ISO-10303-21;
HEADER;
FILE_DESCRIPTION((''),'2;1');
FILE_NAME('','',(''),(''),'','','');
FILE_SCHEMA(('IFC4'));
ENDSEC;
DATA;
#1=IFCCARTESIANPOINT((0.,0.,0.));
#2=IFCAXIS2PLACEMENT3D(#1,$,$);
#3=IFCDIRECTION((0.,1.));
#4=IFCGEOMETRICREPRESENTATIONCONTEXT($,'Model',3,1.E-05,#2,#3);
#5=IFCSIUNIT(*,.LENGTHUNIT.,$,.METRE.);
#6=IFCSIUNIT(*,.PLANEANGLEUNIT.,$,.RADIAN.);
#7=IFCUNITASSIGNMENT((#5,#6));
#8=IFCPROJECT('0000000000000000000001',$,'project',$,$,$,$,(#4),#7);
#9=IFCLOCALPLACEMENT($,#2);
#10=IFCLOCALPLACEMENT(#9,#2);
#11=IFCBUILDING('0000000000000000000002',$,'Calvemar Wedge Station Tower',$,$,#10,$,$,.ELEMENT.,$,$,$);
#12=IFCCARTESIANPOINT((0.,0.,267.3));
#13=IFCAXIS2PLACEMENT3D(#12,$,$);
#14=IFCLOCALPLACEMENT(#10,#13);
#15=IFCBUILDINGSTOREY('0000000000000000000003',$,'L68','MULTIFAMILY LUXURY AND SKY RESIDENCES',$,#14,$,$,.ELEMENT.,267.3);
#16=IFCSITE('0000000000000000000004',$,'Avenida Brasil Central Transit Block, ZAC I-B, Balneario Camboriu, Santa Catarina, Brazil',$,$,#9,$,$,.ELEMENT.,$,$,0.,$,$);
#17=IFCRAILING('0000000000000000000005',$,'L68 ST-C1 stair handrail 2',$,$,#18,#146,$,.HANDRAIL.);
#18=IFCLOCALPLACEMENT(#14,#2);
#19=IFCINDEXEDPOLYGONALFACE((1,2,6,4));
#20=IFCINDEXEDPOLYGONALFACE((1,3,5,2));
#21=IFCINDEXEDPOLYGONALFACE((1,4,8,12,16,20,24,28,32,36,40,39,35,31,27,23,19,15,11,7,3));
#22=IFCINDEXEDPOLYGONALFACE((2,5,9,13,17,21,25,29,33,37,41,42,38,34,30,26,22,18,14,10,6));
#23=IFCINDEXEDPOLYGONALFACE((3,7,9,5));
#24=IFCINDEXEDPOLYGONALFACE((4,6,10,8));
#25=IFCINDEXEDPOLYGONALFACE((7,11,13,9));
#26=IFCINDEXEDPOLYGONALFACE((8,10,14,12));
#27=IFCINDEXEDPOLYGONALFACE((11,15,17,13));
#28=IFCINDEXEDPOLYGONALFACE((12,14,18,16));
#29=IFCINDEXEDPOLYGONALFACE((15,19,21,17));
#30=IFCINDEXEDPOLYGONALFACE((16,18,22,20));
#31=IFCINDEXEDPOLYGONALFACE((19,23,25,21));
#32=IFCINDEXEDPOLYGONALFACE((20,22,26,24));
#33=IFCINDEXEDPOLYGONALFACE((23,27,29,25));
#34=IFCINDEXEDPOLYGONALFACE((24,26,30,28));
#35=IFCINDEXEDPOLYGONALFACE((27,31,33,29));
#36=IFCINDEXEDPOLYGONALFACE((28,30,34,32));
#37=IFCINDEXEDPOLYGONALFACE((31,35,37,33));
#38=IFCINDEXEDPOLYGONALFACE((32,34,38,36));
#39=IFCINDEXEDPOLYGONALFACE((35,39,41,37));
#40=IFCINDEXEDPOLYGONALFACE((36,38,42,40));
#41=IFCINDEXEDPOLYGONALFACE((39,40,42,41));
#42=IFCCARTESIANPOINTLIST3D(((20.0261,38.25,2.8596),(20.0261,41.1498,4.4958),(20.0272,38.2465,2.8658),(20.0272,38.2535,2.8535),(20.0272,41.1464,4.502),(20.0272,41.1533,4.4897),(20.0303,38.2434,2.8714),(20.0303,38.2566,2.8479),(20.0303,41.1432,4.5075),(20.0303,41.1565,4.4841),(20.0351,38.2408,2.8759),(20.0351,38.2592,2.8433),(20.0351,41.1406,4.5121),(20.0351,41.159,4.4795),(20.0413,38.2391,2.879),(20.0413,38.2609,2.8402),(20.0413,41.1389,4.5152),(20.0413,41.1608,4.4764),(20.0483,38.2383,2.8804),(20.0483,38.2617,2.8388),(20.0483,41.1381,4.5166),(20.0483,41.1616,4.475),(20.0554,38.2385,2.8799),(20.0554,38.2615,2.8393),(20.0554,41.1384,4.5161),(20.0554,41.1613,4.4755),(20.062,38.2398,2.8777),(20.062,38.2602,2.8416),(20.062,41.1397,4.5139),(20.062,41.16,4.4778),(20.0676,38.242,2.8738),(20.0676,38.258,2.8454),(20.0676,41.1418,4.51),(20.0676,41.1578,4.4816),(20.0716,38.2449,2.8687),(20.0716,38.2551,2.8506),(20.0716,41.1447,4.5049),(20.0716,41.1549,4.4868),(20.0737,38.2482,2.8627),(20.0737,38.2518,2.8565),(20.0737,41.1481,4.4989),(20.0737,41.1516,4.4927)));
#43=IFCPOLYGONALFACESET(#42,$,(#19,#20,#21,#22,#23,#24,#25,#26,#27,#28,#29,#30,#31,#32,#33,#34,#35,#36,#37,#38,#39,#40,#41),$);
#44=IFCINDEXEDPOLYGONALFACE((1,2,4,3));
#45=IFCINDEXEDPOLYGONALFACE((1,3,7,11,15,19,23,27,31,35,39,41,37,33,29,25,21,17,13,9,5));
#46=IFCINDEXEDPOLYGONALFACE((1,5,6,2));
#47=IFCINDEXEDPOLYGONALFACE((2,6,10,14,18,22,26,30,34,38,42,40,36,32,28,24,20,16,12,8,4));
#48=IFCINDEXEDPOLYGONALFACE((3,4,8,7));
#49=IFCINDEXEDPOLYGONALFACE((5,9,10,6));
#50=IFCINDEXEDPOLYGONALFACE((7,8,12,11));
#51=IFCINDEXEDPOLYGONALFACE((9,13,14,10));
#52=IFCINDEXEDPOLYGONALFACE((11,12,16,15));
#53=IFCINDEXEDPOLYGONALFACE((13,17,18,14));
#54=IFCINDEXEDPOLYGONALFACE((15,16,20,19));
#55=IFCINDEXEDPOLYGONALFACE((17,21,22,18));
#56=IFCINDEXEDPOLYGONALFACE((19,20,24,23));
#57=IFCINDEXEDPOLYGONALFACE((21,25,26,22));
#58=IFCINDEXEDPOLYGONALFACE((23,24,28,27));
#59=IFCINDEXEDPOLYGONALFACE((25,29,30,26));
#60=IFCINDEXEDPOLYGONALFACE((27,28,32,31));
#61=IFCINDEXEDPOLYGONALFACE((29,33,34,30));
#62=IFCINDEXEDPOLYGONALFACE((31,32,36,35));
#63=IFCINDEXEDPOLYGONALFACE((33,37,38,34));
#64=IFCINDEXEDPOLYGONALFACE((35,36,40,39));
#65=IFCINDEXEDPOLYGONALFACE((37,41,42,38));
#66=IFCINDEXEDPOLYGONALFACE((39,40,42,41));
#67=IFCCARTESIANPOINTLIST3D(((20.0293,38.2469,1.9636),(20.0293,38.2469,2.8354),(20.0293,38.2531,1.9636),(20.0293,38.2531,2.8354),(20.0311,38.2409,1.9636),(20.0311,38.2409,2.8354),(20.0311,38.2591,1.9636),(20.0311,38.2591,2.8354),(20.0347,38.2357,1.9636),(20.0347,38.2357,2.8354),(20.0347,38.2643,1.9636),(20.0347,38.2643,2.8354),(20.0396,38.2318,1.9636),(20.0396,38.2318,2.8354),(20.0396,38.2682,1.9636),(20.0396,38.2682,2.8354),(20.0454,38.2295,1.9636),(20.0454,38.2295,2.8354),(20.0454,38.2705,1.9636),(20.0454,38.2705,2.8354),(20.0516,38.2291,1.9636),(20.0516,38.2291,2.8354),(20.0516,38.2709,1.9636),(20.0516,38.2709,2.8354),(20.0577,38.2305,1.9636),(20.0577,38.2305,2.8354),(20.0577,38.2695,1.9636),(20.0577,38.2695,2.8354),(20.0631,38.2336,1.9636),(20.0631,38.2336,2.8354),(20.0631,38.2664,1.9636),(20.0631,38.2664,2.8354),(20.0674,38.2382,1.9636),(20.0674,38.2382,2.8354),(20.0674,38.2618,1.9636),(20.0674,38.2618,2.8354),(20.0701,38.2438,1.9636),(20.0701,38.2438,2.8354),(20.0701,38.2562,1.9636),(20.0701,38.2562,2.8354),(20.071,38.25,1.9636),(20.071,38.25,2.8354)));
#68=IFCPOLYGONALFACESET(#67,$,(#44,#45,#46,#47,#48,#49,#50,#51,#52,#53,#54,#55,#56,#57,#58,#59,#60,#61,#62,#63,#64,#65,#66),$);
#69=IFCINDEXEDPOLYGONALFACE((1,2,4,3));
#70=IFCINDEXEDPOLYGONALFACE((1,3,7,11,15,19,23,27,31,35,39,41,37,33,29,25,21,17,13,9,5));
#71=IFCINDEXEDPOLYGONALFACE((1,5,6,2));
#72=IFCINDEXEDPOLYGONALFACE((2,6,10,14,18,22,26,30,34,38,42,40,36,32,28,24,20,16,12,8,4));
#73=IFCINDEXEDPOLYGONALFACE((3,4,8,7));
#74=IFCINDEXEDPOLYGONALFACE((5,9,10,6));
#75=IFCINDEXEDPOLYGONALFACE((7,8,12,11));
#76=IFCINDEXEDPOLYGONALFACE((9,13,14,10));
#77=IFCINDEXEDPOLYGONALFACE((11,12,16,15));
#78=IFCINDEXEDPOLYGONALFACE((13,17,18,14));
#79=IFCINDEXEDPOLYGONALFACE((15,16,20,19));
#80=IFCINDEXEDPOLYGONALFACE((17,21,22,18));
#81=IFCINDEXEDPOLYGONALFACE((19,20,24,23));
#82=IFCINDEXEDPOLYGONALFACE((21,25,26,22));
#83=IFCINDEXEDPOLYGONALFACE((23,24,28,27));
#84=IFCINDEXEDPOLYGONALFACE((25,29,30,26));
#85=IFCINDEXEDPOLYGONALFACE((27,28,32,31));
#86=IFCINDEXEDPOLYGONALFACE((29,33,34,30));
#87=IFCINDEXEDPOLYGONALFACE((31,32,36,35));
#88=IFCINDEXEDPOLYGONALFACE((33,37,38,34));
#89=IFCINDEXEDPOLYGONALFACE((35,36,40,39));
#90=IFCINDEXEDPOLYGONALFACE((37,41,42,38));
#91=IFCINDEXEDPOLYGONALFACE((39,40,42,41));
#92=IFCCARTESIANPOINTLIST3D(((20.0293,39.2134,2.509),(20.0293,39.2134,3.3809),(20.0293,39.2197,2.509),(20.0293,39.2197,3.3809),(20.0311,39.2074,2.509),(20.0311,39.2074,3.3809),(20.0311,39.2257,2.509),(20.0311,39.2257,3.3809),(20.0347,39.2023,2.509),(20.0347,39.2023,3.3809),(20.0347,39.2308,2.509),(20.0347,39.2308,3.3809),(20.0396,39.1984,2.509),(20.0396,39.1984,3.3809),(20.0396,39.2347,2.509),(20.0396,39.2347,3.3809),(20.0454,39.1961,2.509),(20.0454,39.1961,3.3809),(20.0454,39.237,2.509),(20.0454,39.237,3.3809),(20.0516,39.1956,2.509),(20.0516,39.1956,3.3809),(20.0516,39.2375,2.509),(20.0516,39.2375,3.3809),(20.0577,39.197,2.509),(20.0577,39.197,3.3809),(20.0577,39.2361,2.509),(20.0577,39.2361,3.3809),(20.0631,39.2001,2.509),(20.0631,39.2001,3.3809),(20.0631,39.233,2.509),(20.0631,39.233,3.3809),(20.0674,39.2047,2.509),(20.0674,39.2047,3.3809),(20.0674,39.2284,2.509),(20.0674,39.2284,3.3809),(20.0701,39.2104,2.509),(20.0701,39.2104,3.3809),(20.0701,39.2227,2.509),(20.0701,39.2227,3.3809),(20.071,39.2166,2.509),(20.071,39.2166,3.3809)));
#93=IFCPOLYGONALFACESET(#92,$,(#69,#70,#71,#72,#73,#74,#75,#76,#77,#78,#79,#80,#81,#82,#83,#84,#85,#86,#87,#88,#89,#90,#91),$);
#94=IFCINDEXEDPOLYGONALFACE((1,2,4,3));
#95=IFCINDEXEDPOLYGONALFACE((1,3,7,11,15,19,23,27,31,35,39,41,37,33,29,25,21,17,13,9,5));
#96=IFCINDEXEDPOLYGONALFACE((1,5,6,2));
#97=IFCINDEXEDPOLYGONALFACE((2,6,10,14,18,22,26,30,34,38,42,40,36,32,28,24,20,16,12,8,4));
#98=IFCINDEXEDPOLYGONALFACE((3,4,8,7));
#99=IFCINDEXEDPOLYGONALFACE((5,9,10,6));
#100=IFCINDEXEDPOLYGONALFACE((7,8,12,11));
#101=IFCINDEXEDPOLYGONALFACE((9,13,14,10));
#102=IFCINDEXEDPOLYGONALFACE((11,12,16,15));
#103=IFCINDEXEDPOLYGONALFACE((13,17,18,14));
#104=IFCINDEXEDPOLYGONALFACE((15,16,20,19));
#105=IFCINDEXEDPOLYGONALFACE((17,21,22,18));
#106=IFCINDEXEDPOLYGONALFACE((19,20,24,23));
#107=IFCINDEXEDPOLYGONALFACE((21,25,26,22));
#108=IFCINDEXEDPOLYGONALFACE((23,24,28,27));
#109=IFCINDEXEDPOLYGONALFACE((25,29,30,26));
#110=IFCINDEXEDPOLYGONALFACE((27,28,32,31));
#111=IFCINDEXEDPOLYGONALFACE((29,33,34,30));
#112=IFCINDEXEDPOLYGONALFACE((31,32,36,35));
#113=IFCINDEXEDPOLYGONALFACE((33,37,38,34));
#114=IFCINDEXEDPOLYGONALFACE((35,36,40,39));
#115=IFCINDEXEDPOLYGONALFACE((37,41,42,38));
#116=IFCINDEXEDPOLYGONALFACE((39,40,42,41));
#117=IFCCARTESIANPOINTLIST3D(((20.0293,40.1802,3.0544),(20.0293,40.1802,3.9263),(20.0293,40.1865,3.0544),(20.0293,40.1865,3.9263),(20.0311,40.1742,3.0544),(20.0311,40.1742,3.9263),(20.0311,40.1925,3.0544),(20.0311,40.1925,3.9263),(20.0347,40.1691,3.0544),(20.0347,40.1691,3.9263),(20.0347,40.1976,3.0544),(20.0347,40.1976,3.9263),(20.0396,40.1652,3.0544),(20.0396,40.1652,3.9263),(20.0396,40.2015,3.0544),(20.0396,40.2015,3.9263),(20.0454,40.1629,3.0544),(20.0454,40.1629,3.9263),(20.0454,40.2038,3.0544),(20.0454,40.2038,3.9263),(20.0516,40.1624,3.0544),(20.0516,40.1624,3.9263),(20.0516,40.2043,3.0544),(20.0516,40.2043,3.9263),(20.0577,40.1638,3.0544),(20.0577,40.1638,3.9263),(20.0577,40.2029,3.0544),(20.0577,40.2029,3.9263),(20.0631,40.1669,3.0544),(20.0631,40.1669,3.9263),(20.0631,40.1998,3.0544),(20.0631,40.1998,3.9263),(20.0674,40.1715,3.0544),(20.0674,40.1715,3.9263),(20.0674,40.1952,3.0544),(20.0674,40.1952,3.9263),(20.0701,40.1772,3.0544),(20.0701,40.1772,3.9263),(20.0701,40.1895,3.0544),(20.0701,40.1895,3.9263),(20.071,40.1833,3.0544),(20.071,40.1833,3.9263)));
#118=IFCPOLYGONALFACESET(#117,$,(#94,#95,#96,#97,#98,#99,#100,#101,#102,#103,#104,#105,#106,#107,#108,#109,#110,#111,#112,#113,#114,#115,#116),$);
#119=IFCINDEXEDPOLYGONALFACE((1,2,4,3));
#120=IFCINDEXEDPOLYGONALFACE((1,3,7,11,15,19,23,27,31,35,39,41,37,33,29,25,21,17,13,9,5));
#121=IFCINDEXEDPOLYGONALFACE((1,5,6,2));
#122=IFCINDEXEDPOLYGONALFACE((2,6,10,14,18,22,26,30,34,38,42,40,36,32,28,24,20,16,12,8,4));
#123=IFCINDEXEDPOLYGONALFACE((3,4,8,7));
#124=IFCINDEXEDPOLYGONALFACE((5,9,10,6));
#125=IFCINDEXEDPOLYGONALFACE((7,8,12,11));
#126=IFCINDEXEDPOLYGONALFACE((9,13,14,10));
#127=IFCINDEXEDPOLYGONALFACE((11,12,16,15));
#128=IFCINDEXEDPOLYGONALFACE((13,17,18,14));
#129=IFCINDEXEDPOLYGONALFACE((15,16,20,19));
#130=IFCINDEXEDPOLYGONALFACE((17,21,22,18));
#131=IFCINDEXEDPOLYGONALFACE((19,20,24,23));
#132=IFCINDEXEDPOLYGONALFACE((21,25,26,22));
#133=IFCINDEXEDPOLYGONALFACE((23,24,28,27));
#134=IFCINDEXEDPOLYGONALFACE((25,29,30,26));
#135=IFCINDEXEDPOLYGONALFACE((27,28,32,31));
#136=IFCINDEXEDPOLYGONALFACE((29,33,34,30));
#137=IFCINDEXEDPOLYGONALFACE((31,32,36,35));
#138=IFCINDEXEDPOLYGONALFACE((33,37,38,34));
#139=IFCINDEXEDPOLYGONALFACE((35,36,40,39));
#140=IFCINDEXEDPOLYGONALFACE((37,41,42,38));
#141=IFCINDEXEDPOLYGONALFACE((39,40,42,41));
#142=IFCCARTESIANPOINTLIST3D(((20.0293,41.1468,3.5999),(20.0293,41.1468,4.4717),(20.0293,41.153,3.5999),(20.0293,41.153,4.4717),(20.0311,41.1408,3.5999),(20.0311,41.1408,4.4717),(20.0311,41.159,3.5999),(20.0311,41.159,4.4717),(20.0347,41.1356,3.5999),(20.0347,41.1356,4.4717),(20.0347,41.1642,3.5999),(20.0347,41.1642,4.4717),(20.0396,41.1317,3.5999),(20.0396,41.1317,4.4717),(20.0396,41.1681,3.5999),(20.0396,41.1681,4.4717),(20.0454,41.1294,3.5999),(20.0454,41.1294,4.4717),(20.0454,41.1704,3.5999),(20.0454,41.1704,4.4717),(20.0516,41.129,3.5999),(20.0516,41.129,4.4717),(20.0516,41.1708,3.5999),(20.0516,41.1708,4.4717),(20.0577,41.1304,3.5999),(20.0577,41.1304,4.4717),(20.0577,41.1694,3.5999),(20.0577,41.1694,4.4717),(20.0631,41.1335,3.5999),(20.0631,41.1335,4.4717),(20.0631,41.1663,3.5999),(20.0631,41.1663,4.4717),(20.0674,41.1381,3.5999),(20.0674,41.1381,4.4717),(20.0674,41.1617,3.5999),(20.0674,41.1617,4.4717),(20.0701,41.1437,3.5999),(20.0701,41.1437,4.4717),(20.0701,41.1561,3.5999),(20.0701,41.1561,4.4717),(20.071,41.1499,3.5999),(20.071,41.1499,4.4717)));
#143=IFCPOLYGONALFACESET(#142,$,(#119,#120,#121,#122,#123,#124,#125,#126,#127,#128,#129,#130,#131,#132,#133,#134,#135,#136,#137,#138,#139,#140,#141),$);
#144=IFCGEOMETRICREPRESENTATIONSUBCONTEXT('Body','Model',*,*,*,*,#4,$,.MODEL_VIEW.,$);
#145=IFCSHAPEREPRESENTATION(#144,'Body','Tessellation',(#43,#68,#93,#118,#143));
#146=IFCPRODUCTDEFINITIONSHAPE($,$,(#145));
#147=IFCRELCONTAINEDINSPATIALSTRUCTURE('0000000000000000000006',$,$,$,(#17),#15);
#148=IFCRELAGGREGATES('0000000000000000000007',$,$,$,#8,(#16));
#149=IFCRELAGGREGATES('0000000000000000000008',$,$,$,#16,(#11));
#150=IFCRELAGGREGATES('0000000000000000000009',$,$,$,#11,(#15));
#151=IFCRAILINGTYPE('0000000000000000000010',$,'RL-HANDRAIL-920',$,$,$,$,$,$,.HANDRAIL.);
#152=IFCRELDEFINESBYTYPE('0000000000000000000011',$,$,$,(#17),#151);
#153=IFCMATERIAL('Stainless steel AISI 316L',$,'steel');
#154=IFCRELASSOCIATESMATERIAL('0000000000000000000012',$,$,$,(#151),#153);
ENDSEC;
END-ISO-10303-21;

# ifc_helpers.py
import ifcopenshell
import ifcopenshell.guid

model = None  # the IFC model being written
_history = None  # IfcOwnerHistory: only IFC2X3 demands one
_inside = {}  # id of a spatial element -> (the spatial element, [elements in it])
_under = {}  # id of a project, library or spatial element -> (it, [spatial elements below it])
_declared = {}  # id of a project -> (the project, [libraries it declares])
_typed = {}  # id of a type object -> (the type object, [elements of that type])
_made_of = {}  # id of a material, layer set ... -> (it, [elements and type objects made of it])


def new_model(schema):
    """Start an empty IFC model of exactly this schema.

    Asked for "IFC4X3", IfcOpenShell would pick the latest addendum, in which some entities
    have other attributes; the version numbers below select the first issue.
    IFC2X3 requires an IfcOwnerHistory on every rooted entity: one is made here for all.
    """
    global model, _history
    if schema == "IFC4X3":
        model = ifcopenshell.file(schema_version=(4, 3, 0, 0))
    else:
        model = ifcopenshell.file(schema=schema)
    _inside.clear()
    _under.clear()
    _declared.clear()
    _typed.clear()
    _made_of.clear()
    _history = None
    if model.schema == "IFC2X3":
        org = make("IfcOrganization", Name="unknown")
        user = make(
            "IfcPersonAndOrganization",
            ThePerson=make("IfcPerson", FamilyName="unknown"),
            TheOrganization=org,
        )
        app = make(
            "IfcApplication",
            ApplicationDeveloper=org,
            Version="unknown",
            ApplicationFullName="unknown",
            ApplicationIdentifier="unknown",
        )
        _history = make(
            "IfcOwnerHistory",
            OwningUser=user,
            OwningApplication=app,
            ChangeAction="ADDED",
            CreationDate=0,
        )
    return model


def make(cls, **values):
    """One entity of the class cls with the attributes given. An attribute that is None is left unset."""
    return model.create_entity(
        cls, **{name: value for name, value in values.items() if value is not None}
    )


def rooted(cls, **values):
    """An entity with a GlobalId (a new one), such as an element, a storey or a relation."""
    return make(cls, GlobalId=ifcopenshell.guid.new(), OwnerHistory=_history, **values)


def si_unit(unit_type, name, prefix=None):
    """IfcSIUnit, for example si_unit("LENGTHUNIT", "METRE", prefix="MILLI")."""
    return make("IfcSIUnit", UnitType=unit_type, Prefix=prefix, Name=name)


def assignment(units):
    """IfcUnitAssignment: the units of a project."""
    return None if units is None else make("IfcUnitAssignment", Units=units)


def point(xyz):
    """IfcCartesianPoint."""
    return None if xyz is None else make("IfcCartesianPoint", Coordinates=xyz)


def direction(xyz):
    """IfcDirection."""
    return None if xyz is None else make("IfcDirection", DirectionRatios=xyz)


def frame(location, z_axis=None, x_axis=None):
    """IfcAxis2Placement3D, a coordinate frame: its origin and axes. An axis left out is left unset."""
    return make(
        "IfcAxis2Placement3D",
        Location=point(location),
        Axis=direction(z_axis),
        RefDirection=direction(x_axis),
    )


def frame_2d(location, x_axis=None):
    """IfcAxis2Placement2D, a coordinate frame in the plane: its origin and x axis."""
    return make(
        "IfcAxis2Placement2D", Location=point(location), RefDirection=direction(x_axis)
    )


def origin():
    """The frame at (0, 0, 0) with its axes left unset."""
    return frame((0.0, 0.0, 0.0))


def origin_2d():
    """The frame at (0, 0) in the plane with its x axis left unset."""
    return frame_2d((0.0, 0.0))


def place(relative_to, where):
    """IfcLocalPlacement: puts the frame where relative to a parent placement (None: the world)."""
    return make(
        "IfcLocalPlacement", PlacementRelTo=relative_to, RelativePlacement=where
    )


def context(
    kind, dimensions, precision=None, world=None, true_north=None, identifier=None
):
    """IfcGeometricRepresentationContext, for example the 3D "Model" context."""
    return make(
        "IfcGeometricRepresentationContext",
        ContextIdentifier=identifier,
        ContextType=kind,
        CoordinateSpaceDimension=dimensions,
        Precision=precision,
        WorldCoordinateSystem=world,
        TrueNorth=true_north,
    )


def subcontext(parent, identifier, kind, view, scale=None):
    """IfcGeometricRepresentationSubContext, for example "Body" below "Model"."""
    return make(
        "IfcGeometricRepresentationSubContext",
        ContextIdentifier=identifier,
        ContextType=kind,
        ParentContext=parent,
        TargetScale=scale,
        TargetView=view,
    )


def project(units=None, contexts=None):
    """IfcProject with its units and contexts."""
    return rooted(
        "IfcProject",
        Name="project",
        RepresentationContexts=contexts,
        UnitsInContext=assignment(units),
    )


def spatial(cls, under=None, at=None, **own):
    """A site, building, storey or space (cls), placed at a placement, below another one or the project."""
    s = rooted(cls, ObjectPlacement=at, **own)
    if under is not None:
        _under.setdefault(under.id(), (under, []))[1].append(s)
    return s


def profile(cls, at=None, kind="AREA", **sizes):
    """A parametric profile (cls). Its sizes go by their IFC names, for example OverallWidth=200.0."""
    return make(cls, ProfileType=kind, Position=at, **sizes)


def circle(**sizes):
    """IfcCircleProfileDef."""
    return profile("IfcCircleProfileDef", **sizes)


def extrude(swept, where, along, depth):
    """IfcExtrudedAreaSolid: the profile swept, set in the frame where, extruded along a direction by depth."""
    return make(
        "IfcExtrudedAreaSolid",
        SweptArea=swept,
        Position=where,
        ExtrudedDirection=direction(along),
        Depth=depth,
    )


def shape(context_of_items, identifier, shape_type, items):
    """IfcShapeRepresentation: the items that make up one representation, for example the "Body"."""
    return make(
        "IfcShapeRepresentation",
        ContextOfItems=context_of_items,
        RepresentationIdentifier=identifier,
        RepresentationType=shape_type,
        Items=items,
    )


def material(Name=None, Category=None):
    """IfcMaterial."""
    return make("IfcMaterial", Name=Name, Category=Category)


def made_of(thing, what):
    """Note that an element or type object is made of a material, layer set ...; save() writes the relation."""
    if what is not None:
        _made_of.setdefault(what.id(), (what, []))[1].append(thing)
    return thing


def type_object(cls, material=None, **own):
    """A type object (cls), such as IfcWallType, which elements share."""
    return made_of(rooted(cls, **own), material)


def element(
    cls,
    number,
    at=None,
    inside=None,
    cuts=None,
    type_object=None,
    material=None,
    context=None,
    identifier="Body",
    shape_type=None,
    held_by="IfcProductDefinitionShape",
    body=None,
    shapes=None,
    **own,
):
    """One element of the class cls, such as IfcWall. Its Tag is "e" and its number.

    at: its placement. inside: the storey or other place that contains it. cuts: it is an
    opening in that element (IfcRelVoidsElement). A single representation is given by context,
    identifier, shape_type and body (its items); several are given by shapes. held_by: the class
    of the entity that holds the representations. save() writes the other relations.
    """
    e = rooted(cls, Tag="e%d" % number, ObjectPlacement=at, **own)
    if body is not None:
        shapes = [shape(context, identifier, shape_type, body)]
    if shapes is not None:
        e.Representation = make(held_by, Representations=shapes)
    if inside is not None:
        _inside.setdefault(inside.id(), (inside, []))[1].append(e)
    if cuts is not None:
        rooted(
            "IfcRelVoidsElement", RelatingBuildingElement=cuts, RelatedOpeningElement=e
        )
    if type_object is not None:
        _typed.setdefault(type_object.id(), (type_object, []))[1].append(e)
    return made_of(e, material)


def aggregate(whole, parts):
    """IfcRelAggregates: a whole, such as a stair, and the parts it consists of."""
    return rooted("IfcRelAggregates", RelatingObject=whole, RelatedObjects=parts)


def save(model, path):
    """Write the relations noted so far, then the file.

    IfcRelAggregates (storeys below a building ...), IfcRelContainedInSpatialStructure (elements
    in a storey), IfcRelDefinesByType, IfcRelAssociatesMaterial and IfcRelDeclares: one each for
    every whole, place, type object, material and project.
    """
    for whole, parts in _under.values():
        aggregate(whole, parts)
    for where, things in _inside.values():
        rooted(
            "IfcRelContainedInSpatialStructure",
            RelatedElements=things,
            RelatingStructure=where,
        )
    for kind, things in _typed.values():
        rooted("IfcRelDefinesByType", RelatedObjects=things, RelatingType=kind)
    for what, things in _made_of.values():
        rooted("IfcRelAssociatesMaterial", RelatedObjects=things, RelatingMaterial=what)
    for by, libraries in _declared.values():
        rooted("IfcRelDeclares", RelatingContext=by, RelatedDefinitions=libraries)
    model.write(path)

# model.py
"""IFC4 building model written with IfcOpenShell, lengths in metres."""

from ifc_helpers import new_model, si_unit, direction, frame, origin, origin_2d, place, context, subcontext, project, spatial, circle, extrude, material, type_object, element, save


model = new_model("IFC4")

# Units and contexts
model_context = context("Model", 3, precision=1e-05, world=origin(), true_north=direction((0.0, 1.0)))
body_context = subcontext(model_context, "Body", "Model", "MODEL_VIEW")
ifc_project = project(units=[si_unit("LENGTHUNIT", "METRE"), si_unit("PLANEANGLEUNIT", "RADIAN")], contexts=[model_context])

# Site, building, storey
site_placement = place(None, origin())
site = spatial("IfcSite", under=ifc_project, at=site_placement, Name="Avenida Brasil Central Transit Block, ZAC I-B, Balneario Camboriu, Santa Catarina, Brazil", CompositionType="ELEMENT", RefElevation=0.0)
building_placement = place(site_placement, origin())
building = spatial("IfcBuilding", under=site, at=building_placement, Name="Calvemar Wedge Station Tower", CompositionType="ELEMENT")
storey_placement = place(building_placement, frame((0.0, 0.0, 267.3)))
storey = spatial("IfcBuildingStorey", under=building, at=storey_placement, Name="L68", Description="MULTIFAMILY LUXURY AND SKY RESIDENCES", CompositionType="ELEMENT", Elevation=267.3)

# Railing
ifc_material_1 = material(Name="Stainless steel AISI 316L", Category="steel")
railing_type_1 = type_object("IfcRailingType", Name="RL-HANDRAIL-920", PredefinedType="HANDRAIL", material=ifc_material_1)
railing_1_placement = place(storey_placement, frame((20.05, 38.25, 1.9636)))
element("IfcRailing", 1, at=railing_1_placement, inside=storey, type_object=railing_type_1, Name="L68 ST-C1 stair handrail 2", PredefinedType="HANDRAIL", context=body_context, shape_type="SweptSolid", body=[
    extrude(circle(Radius=0.0239, at=origin_2d()), frame((0.0, 0.0, 0.896), z_axis=(0.0, 0.870929, 0.49141), x_axis=(-1.0, 0.0, 0.0)), (0.0, 0.0, 1.0), 3.3296),
    extrude(circle(Radius=0.021, at=origin_2d()), origin(), (0.0, 0.0, 1.0), 0.8718),
    extrude(circle(Radius=0.021, at=origin_2d()), frame((0.0, 0.9666, 0.5454)), (0.0, 0.0, 1.0), 0.8718),
    extrude(circle(Radius=0.021, at=origin_2d()), frame((0.0, 1.9333, 1.0908)), (0.0, 0.0, 1.0), 0.8718),
    extrude(circle(Radius=0.021, at=origin_2d()), frame((0.0, 2.8999, 1.6362)), (0.0, 0.0, 1.0), 0.8718),
])

save(model, "model.ifc")
